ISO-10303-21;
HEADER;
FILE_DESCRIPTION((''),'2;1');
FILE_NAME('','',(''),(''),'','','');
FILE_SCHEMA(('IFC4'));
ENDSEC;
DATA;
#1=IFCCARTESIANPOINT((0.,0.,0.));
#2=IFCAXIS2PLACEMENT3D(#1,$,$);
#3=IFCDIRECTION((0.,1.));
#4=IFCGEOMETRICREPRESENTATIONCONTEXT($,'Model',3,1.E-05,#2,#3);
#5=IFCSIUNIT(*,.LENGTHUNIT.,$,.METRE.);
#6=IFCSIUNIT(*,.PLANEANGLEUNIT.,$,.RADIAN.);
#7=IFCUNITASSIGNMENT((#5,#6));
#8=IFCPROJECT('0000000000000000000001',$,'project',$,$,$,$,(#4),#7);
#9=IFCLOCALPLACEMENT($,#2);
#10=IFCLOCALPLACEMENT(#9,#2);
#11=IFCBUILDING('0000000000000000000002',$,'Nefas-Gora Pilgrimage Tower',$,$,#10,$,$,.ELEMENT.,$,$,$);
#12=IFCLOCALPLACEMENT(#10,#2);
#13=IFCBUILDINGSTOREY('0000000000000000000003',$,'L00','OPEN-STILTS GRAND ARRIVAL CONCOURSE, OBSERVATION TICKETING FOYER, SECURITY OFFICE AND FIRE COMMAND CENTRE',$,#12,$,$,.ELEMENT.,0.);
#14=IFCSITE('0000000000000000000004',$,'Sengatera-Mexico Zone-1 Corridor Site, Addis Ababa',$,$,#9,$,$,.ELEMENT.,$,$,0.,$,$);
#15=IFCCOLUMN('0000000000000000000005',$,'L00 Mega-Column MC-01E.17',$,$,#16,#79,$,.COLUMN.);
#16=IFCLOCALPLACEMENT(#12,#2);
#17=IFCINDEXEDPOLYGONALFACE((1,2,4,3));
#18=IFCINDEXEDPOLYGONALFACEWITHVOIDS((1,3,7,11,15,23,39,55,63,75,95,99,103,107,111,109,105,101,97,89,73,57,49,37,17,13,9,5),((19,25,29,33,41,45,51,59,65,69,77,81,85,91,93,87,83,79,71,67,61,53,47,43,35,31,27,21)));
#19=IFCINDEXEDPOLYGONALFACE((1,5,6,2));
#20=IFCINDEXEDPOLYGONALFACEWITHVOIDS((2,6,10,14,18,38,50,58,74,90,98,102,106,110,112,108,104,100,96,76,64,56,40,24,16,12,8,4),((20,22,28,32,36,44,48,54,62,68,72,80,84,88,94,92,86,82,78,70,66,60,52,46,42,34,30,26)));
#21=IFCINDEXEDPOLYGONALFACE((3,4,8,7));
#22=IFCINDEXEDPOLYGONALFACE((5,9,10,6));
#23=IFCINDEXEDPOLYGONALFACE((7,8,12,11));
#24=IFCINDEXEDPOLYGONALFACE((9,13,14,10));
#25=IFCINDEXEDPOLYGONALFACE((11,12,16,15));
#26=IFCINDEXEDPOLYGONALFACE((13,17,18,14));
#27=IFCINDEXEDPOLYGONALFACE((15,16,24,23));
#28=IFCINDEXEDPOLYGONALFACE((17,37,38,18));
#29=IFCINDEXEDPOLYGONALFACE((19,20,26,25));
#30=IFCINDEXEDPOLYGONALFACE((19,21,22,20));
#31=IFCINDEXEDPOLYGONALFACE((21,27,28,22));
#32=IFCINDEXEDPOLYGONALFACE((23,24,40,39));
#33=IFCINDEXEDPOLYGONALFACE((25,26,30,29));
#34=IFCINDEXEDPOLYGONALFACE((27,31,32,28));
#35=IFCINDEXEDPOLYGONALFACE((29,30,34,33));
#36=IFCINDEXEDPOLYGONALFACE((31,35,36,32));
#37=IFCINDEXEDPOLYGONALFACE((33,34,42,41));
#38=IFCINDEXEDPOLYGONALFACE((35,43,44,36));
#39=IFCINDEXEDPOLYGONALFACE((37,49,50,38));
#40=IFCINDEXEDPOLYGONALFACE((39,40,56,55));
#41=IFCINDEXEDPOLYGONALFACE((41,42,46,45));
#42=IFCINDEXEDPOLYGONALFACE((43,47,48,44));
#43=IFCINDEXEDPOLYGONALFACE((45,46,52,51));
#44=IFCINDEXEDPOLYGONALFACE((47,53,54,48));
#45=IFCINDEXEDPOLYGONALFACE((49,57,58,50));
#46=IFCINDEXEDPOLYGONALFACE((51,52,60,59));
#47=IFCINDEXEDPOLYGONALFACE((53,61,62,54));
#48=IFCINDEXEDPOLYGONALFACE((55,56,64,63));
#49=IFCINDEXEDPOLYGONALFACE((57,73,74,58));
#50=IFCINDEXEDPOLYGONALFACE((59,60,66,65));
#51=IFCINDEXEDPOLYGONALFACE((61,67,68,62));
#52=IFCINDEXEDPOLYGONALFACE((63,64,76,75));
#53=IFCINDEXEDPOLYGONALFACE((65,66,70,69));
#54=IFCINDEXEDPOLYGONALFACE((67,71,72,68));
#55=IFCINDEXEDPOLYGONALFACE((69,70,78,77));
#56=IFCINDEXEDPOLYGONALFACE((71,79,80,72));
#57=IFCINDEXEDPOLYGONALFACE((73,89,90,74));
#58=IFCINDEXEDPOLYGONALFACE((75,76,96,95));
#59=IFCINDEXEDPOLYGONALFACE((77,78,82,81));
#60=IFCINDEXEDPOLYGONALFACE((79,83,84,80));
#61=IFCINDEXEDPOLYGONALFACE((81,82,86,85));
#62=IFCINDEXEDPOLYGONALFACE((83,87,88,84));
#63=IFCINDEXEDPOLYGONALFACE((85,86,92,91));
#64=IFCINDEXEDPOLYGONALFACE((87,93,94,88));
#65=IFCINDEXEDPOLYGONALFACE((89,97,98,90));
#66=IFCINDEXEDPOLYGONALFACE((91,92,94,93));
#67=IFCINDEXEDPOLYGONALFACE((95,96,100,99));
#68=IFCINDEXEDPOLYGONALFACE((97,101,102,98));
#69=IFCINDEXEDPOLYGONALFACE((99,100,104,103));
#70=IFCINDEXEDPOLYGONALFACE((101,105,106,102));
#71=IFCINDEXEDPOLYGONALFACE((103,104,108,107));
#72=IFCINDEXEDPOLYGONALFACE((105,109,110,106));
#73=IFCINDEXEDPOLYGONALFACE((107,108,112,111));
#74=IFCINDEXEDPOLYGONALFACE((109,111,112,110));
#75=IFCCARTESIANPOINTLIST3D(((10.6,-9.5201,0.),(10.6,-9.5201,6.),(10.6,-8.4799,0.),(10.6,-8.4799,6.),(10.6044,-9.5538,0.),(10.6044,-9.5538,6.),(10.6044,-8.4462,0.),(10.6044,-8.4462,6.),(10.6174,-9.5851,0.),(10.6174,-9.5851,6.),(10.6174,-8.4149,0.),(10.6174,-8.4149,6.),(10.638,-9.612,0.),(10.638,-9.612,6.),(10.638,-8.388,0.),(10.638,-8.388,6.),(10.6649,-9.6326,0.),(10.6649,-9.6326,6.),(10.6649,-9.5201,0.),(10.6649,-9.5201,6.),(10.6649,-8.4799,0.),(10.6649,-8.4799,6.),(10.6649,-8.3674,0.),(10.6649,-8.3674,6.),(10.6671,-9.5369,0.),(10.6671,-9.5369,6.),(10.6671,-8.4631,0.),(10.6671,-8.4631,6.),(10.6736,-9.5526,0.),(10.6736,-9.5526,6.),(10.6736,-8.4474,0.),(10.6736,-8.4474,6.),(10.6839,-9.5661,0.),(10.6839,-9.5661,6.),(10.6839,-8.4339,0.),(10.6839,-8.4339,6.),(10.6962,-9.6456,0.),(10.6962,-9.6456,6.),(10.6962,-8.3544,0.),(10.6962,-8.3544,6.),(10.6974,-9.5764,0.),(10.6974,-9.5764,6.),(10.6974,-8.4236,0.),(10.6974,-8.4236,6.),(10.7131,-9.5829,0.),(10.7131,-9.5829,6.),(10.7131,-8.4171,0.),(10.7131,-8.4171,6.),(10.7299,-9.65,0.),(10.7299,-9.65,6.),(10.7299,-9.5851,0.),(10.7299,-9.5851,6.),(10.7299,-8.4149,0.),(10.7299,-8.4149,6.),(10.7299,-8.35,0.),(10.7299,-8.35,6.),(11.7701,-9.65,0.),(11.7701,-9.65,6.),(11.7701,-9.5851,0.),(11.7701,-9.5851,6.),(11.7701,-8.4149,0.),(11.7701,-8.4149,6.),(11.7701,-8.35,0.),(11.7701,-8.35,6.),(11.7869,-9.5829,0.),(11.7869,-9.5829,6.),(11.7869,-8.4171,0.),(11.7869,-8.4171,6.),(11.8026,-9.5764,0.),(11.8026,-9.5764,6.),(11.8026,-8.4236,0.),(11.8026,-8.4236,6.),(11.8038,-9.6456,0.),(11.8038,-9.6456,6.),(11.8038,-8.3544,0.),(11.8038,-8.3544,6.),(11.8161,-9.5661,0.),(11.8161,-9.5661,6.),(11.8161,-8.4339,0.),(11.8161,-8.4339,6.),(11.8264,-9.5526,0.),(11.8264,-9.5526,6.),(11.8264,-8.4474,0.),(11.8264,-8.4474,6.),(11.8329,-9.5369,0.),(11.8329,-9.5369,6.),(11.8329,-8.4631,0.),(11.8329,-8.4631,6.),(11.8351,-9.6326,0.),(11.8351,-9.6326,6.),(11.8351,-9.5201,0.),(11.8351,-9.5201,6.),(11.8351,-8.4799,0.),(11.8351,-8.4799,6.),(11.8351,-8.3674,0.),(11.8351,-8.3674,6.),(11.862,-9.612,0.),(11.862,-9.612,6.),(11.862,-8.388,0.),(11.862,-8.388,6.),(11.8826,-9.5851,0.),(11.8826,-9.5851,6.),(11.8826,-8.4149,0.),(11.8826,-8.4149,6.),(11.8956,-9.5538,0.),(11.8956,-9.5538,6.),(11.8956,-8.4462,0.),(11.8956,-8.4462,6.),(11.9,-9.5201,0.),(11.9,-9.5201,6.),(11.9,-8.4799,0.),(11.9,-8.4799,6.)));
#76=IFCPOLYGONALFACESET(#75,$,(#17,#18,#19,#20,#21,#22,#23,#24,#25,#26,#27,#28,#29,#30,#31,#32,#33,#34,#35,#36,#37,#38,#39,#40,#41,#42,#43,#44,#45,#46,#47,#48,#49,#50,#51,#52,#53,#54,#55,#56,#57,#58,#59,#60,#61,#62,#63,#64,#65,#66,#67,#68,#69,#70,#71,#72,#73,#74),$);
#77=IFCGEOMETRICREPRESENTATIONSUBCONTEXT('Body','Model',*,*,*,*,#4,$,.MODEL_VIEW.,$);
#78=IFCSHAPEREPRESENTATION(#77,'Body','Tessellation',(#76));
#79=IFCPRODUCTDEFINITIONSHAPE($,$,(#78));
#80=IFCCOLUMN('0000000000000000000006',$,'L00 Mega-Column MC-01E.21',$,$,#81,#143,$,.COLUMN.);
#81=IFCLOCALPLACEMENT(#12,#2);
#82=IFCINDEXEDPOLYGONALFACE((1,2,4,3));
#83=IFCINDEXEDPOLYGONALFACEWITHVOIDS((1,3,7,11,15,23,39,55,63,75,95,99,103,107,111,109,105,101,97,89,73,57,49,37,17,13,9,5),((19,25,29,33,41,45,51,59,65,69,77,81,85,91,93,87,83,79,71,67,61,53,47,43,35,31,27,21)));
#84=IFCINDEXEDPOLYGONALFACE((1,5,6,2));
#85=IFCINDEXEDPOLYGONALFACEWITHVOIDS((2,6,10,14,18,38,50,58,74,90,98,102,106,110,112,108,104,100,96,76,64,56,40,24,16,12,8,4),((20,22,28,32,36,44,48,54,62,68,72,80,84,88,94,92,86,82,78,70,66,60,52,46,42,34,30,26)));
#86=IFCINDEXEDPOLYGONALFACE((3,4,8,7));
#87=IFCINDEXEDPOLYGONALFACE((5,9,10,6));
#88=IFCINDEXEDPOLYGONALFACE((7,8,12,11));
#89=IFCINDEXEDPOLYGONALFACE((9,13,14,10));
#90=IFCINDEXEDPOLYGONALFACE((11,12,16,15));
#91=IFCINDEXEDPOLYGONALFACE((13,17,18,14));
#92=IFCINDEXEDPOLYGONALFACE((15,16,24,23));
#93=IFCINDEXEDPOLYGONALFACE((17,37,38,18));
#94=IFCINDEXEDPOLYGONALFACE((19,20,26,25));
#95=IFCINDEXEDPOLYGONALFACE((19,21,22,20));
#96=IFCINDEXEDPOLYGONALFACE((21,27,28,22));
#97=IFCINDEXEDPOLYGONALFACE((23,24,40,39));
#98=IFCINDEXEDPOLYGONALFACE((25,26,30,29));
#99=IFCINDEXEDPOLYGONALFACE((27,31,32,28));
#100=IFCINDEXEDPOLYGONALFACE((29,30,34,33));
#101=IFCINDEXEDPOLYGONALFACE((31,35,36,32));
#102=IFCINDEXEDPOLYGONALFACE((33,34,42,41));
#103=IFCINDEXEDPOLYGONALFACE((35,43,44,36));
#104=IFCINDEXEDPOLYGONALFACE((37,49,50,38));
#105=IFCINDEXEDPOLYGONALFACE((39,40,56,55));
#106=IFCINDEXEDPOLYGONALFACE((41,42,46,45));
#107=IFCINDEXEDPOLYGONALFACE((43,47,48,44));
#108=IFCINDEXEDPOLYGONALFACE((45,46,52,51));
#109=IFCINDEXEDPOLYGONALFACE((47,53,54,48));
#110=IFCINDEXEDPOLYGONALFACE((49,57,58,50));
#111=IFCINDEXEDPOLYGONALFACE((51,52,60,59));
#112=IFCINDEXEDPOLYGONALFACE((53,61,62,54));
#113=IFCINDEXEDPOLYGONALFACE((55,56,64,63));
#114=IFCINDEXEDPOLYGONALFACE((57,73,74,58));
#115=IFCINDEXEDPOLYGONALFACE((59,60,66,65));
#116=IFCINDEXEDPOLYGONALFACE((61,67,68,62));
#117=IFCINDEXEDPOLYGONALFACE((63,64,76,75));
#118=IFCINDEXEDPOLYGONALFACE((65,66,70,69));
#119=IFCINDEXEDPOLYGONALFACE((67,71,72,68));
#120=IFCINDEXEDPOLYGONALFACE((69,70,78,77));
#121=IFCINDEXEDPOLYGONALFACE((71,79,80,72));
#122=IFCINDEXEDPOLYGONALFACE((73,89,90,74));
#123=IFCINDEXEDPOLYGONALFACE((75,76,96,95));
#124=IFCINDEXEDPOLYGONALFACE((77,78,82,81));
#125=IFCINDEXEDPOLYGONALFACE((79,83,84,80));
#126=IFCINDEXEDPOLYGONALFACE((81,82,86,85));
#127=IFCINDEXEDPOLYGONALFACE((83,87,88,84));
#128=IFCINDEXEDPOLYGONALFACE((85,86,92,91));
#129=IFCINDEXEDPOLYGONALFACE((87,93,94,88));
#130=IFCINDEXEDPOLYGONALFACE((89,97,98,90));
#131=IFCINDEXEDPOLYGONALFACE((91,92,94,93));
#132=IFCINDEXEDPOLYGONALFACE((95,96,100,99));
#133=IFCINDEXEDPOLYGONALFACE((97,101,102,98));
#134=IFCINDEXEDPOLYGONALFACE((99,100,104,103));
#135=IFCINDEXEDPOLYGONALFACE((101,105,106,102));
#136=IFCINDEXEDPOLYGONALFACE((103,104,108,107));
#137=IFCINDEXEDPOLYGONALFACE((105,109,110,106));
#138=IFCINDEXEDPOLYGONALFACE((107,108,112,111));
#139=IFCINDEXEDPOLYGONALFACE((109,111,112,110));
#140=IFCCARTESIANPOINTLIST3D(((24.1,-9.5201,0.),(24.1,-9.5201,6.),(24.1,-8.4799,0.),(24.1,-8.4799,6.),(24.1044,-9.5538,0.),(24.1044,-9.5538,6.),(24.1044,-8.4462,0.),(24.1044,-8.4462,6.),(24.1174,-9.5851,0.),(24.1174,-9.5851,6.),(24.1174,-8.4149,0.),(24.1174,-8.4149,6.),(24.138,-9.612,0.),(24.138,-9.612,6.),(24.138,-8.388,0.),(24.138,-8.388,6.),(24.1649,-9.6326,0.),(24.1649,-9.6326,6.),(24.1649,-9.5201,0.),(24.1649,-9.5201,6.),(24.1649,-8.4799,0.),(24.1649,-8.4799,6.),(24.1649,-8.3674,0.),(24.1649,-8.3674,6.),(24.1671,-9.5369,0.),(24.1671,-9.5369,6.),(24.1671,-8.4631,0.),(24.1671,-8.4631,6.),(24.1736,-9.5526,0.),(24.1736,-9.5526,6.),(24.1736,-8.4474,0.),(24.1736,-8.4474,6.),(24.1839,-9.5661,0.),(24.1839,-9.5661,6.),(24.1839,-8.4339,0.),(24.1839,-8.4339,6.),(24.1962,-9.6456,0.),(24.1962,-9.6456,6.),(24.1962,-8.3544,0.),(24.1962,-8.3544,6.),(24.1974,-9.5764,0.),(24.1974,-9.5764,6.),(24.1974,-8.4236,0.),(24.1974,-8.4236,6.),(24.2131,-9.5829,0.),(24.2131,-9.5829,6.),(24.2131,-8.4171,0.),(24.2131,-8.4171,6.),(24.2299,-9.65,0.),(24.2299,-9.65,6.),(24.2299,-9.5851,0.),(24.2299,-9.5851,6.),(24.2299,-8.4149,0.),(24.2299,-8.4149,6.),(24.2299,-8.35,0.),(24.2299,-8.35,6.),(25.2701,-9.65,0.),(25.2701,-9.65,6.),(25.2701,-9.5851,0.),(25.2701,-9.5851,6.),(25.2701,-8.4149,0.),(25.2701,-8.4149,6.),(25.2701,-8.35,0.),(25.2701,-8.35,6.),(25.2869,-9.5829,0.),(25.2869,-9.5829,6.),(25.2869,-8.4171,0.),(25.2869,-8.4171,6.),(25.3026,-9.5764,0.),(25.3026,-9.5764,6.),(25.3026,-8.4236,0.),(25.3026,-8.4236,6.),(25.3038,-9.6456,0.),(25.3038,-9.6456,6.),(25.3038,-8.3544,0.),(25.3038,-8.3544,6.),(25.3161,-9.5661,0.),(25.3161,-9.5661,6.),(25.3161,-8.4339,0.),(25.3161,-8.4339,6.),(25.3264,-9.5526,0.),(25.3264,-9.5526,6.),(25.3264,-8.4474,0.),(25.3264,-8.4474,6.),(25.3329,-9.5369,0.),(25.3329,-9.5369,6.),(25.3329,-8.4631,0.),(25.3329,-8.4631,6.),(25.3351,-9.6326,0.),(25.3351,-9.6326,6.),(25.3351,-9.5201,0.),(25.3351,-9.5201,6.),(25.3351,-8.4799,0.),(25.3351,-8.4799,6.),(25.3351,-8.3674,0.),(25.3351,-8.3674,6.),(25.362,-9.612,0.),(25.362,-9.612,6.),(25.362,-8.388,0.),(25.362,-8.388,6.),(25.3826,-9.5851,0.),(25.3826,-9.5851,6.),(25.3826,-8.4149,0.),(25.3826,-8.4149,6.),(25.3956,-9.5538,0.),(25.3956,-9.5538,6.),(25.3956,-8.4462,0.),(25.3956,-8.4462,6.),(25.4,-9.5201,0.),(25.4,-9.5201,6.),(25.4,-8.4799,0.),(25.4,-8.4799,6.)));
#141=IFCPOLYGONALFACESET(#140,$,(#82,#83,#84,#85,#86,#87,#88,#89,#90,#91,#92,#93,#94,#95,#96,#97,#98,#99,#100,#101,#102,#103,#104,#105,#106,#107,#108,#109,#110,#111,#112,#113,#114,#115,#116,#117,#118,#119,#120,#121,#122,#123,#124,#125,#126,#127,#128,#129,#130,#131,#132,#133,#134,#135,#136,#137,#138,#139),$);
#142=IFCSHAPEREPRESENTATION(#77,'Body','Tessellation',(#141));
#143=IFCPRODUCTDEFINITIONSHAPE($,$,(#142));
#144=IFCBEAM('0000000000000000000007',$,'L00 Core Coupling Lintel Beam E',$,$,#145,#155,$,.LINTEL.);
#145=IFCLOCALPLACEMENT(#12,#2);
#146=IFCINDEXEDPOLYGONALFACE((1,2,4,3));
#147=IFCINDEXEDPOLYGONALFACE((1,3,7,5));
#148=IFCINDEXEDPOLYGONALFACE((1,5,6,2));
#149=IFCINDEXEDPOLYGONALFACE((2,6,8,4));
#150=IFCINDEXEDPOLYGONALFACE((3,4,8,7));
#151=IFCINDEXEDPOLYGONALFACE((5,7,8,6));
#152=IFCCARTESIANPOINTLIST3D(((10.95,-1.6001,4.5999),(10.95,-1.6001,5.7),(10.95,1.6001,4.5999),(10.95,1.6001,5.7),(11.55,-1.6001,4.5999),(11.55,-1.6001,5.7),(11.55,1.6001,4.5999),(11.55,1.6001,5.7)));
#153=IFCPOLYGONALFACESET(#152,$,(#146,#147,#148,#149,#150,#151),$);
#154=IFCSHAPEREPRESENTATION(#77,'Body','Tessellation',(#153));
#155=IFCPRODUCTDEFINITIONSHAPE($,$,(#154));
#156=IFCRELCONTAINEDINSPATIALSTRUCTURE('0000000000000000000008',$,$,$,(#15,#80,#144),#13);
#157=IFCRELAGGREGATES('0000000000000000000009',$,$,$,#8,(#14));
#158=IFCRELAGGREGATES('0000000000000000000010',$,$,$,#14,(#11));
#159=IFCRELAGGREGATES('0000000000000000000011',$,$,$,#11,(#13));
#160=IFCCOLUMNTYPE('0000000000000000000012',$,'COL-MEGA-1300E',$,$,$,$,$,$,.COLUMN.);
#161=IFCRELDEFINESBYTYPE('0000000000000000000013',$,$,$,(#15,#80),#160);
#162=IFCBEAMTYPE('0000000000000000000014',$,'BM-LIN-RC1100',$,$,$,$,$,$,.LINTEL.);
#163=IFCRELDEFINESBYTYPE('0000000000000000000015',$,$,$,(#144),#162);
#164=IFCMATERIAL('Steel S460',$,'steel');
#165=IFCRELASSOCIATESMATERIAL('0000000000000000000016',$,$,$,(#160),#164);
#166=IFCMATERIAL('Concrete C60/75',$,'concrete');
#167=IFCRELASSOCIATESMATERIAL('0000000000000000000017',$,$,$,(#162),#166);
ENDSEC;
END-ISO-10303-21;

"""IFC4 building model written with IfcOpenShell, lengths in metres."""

from ifc_helpers import new_model, si_unit, direction, frame, origin, origin_2d, place, context, subcontext, project, spatial, rectangle, hollow_rectangle, extrude, source, transform, mapped, material, material_profile, profile_set, type_object, element, save


model = new_model("IFC4")

# Units and contexts
model_context = context("Model", 3, precision=1e-05, world=origin(), true_north=direction((0.0, 1.0)))
body_context = subcontext(model_context, "Body", "Model", "MODEL_VIEW")
ifc_project = project(units=[si_unit("LENGTHUNIT", "METRE"), si_unit("PLANEANGLEUNIT", "RADIAN")], contexts=[model_context])

# Site, building, storey
site_placement = place(None, origin())
site = spatial("IfcSite", under=ifc_project, at=site_placement, Name="Sengatera-Mexico Zone-1 Corridor Site, Addis Ababa", CompositionType="ELEMENT", RefElevation=0.0)
building_placement = place(site_placement, origin())
building = spatial("IfcBuilding", under=site, at=building_placement, Name="Nefas-Gora Pilgrimage Tower", CompositionType="ELEMENT")
storey_placement = place(building_placement, origin())
storey = spatial("IfcBuildingStorey", under=building, at=storey_placement, Name="L00", Description="OPEN-STILTS GRAND ARRIVAL CONCOURSE, OBSERVATION TICKETING FOYER, SECURITY OFFICE AND FIRE COMMAND CENTRE", CompositionType="ELEMENT", Elevation=0.0)

# Columns
ifc_material_1 = material(Name="Steel S460", Category="steel")
ifc_material_profile_1 = material_profile(ifc_material_1, hollow_rectangle(XDim=1.3, YDim=1.3, WallThickness=0.0649, InnerFilletRadius=0.0649, OuterFilletRadius=0.1299, at=origin_2d()), Name="BOX 1300x1300x65")
ifc_profile_set_1 = profile_set([ifc_material_profile_1], Name="Steel S460")
column_type = type_object("IfcColumnType", Name="COL-MEGA-1300E", PredefinedType="COLUMN", material=ifc_profile_set_1)
shared_shape_1 = source(origin(), body_context, "Body", "SweptSolid", [
    extrude(hollow_rectangle(XDim=1.3, YDim=1.3, WallThickness=0.0649, InnerFilletRadius=0.0649, OuterFilletRadius=0.1299, at=origin_2d()), origin(), (0.0, 0.0, 1.0), 6.0),
])
for number, where, z_axis, x_axis, name in (
    (1, (11.25, -9.0, 0.0), (0.0, 0.0, 1.0), (1.0, 0.0, 0.0), "L00 Mega-Column MC-01E.17"),
    (2, (24.75, -9.0, 0.0), (0.0, 0.0, 1.0), (1.0, 0.0, 0.0), "L00 Mega-Column MC-01E.21"),
):
    element("IfcColumn", number, at=place(storey_placement, frame(where, z_axis=z_axis, x_axis=x_axis)), inside=storey, type_object=column_type, Name=name, PredefinedType="COLUMN", context=body_context, shape_type="MappedRepresentation", body=[
        mapped(shared_shape_1, transform((0.0, 0.0, 0.0), x_axis=(1.0, 0.0, 0.0), y_axis=(0.0, 1.0, 0.0), z_axis=(0.0, 0.0, 1.0), scale=1.0)),
    ])

# Beam
ifc_material_2 = material(Name="Concrete C60/75", Category="concrete")
ifc_material_profile_2 = material_profile(ifc_material_2, rectangle(XDim=0.6001, YDim=1.1001, at=origin_2d()), Name="RC 600x1100")
ifc_profile_set_2 = profile_set([ifc_material_profile_2], Name="Concrete C60/75")
beam_type_1 = type_object("IfcBeamType", Name="BM-LIN-RC1100", PredefinedType="LINTEL", material=ifc_profile_set_2)
shared_shape_2 = source(origin(), body_context, "Body", "SweptSolid", [
    extrude(rectangle(XDim=0.6001, YDim=1.1001, at=origin_2d()), origin(), (0.0, 0.0, 1.0), 3.2002),
])
beam_1_placement = place(storey_placement, frame((11.25, -1.6001, 5.1499), z_axis=(0.0, 1.0, 0.0), x_axis=(-1.0, 0.0, 0.0)))
element("IfcBeam", 3, at=beam_1_placement, inside=storey, type_object=beam_type_1, Name="L00 Core Coupling Lintel Beam E", PredefinedType="LINTEL", context=body_context, shape_type="MappedRepresentation", body=[
    mapped(shared_shape_2, transform((0.0, 0.0, 0.0), x_axis=(1.0, 0.0, 0.0), y_axis=(0.0, 1.0, 0.0), z_axis=(0.0, 0.0, 1.0), scale=1.0)),
])

save(model, "model.ifc")
